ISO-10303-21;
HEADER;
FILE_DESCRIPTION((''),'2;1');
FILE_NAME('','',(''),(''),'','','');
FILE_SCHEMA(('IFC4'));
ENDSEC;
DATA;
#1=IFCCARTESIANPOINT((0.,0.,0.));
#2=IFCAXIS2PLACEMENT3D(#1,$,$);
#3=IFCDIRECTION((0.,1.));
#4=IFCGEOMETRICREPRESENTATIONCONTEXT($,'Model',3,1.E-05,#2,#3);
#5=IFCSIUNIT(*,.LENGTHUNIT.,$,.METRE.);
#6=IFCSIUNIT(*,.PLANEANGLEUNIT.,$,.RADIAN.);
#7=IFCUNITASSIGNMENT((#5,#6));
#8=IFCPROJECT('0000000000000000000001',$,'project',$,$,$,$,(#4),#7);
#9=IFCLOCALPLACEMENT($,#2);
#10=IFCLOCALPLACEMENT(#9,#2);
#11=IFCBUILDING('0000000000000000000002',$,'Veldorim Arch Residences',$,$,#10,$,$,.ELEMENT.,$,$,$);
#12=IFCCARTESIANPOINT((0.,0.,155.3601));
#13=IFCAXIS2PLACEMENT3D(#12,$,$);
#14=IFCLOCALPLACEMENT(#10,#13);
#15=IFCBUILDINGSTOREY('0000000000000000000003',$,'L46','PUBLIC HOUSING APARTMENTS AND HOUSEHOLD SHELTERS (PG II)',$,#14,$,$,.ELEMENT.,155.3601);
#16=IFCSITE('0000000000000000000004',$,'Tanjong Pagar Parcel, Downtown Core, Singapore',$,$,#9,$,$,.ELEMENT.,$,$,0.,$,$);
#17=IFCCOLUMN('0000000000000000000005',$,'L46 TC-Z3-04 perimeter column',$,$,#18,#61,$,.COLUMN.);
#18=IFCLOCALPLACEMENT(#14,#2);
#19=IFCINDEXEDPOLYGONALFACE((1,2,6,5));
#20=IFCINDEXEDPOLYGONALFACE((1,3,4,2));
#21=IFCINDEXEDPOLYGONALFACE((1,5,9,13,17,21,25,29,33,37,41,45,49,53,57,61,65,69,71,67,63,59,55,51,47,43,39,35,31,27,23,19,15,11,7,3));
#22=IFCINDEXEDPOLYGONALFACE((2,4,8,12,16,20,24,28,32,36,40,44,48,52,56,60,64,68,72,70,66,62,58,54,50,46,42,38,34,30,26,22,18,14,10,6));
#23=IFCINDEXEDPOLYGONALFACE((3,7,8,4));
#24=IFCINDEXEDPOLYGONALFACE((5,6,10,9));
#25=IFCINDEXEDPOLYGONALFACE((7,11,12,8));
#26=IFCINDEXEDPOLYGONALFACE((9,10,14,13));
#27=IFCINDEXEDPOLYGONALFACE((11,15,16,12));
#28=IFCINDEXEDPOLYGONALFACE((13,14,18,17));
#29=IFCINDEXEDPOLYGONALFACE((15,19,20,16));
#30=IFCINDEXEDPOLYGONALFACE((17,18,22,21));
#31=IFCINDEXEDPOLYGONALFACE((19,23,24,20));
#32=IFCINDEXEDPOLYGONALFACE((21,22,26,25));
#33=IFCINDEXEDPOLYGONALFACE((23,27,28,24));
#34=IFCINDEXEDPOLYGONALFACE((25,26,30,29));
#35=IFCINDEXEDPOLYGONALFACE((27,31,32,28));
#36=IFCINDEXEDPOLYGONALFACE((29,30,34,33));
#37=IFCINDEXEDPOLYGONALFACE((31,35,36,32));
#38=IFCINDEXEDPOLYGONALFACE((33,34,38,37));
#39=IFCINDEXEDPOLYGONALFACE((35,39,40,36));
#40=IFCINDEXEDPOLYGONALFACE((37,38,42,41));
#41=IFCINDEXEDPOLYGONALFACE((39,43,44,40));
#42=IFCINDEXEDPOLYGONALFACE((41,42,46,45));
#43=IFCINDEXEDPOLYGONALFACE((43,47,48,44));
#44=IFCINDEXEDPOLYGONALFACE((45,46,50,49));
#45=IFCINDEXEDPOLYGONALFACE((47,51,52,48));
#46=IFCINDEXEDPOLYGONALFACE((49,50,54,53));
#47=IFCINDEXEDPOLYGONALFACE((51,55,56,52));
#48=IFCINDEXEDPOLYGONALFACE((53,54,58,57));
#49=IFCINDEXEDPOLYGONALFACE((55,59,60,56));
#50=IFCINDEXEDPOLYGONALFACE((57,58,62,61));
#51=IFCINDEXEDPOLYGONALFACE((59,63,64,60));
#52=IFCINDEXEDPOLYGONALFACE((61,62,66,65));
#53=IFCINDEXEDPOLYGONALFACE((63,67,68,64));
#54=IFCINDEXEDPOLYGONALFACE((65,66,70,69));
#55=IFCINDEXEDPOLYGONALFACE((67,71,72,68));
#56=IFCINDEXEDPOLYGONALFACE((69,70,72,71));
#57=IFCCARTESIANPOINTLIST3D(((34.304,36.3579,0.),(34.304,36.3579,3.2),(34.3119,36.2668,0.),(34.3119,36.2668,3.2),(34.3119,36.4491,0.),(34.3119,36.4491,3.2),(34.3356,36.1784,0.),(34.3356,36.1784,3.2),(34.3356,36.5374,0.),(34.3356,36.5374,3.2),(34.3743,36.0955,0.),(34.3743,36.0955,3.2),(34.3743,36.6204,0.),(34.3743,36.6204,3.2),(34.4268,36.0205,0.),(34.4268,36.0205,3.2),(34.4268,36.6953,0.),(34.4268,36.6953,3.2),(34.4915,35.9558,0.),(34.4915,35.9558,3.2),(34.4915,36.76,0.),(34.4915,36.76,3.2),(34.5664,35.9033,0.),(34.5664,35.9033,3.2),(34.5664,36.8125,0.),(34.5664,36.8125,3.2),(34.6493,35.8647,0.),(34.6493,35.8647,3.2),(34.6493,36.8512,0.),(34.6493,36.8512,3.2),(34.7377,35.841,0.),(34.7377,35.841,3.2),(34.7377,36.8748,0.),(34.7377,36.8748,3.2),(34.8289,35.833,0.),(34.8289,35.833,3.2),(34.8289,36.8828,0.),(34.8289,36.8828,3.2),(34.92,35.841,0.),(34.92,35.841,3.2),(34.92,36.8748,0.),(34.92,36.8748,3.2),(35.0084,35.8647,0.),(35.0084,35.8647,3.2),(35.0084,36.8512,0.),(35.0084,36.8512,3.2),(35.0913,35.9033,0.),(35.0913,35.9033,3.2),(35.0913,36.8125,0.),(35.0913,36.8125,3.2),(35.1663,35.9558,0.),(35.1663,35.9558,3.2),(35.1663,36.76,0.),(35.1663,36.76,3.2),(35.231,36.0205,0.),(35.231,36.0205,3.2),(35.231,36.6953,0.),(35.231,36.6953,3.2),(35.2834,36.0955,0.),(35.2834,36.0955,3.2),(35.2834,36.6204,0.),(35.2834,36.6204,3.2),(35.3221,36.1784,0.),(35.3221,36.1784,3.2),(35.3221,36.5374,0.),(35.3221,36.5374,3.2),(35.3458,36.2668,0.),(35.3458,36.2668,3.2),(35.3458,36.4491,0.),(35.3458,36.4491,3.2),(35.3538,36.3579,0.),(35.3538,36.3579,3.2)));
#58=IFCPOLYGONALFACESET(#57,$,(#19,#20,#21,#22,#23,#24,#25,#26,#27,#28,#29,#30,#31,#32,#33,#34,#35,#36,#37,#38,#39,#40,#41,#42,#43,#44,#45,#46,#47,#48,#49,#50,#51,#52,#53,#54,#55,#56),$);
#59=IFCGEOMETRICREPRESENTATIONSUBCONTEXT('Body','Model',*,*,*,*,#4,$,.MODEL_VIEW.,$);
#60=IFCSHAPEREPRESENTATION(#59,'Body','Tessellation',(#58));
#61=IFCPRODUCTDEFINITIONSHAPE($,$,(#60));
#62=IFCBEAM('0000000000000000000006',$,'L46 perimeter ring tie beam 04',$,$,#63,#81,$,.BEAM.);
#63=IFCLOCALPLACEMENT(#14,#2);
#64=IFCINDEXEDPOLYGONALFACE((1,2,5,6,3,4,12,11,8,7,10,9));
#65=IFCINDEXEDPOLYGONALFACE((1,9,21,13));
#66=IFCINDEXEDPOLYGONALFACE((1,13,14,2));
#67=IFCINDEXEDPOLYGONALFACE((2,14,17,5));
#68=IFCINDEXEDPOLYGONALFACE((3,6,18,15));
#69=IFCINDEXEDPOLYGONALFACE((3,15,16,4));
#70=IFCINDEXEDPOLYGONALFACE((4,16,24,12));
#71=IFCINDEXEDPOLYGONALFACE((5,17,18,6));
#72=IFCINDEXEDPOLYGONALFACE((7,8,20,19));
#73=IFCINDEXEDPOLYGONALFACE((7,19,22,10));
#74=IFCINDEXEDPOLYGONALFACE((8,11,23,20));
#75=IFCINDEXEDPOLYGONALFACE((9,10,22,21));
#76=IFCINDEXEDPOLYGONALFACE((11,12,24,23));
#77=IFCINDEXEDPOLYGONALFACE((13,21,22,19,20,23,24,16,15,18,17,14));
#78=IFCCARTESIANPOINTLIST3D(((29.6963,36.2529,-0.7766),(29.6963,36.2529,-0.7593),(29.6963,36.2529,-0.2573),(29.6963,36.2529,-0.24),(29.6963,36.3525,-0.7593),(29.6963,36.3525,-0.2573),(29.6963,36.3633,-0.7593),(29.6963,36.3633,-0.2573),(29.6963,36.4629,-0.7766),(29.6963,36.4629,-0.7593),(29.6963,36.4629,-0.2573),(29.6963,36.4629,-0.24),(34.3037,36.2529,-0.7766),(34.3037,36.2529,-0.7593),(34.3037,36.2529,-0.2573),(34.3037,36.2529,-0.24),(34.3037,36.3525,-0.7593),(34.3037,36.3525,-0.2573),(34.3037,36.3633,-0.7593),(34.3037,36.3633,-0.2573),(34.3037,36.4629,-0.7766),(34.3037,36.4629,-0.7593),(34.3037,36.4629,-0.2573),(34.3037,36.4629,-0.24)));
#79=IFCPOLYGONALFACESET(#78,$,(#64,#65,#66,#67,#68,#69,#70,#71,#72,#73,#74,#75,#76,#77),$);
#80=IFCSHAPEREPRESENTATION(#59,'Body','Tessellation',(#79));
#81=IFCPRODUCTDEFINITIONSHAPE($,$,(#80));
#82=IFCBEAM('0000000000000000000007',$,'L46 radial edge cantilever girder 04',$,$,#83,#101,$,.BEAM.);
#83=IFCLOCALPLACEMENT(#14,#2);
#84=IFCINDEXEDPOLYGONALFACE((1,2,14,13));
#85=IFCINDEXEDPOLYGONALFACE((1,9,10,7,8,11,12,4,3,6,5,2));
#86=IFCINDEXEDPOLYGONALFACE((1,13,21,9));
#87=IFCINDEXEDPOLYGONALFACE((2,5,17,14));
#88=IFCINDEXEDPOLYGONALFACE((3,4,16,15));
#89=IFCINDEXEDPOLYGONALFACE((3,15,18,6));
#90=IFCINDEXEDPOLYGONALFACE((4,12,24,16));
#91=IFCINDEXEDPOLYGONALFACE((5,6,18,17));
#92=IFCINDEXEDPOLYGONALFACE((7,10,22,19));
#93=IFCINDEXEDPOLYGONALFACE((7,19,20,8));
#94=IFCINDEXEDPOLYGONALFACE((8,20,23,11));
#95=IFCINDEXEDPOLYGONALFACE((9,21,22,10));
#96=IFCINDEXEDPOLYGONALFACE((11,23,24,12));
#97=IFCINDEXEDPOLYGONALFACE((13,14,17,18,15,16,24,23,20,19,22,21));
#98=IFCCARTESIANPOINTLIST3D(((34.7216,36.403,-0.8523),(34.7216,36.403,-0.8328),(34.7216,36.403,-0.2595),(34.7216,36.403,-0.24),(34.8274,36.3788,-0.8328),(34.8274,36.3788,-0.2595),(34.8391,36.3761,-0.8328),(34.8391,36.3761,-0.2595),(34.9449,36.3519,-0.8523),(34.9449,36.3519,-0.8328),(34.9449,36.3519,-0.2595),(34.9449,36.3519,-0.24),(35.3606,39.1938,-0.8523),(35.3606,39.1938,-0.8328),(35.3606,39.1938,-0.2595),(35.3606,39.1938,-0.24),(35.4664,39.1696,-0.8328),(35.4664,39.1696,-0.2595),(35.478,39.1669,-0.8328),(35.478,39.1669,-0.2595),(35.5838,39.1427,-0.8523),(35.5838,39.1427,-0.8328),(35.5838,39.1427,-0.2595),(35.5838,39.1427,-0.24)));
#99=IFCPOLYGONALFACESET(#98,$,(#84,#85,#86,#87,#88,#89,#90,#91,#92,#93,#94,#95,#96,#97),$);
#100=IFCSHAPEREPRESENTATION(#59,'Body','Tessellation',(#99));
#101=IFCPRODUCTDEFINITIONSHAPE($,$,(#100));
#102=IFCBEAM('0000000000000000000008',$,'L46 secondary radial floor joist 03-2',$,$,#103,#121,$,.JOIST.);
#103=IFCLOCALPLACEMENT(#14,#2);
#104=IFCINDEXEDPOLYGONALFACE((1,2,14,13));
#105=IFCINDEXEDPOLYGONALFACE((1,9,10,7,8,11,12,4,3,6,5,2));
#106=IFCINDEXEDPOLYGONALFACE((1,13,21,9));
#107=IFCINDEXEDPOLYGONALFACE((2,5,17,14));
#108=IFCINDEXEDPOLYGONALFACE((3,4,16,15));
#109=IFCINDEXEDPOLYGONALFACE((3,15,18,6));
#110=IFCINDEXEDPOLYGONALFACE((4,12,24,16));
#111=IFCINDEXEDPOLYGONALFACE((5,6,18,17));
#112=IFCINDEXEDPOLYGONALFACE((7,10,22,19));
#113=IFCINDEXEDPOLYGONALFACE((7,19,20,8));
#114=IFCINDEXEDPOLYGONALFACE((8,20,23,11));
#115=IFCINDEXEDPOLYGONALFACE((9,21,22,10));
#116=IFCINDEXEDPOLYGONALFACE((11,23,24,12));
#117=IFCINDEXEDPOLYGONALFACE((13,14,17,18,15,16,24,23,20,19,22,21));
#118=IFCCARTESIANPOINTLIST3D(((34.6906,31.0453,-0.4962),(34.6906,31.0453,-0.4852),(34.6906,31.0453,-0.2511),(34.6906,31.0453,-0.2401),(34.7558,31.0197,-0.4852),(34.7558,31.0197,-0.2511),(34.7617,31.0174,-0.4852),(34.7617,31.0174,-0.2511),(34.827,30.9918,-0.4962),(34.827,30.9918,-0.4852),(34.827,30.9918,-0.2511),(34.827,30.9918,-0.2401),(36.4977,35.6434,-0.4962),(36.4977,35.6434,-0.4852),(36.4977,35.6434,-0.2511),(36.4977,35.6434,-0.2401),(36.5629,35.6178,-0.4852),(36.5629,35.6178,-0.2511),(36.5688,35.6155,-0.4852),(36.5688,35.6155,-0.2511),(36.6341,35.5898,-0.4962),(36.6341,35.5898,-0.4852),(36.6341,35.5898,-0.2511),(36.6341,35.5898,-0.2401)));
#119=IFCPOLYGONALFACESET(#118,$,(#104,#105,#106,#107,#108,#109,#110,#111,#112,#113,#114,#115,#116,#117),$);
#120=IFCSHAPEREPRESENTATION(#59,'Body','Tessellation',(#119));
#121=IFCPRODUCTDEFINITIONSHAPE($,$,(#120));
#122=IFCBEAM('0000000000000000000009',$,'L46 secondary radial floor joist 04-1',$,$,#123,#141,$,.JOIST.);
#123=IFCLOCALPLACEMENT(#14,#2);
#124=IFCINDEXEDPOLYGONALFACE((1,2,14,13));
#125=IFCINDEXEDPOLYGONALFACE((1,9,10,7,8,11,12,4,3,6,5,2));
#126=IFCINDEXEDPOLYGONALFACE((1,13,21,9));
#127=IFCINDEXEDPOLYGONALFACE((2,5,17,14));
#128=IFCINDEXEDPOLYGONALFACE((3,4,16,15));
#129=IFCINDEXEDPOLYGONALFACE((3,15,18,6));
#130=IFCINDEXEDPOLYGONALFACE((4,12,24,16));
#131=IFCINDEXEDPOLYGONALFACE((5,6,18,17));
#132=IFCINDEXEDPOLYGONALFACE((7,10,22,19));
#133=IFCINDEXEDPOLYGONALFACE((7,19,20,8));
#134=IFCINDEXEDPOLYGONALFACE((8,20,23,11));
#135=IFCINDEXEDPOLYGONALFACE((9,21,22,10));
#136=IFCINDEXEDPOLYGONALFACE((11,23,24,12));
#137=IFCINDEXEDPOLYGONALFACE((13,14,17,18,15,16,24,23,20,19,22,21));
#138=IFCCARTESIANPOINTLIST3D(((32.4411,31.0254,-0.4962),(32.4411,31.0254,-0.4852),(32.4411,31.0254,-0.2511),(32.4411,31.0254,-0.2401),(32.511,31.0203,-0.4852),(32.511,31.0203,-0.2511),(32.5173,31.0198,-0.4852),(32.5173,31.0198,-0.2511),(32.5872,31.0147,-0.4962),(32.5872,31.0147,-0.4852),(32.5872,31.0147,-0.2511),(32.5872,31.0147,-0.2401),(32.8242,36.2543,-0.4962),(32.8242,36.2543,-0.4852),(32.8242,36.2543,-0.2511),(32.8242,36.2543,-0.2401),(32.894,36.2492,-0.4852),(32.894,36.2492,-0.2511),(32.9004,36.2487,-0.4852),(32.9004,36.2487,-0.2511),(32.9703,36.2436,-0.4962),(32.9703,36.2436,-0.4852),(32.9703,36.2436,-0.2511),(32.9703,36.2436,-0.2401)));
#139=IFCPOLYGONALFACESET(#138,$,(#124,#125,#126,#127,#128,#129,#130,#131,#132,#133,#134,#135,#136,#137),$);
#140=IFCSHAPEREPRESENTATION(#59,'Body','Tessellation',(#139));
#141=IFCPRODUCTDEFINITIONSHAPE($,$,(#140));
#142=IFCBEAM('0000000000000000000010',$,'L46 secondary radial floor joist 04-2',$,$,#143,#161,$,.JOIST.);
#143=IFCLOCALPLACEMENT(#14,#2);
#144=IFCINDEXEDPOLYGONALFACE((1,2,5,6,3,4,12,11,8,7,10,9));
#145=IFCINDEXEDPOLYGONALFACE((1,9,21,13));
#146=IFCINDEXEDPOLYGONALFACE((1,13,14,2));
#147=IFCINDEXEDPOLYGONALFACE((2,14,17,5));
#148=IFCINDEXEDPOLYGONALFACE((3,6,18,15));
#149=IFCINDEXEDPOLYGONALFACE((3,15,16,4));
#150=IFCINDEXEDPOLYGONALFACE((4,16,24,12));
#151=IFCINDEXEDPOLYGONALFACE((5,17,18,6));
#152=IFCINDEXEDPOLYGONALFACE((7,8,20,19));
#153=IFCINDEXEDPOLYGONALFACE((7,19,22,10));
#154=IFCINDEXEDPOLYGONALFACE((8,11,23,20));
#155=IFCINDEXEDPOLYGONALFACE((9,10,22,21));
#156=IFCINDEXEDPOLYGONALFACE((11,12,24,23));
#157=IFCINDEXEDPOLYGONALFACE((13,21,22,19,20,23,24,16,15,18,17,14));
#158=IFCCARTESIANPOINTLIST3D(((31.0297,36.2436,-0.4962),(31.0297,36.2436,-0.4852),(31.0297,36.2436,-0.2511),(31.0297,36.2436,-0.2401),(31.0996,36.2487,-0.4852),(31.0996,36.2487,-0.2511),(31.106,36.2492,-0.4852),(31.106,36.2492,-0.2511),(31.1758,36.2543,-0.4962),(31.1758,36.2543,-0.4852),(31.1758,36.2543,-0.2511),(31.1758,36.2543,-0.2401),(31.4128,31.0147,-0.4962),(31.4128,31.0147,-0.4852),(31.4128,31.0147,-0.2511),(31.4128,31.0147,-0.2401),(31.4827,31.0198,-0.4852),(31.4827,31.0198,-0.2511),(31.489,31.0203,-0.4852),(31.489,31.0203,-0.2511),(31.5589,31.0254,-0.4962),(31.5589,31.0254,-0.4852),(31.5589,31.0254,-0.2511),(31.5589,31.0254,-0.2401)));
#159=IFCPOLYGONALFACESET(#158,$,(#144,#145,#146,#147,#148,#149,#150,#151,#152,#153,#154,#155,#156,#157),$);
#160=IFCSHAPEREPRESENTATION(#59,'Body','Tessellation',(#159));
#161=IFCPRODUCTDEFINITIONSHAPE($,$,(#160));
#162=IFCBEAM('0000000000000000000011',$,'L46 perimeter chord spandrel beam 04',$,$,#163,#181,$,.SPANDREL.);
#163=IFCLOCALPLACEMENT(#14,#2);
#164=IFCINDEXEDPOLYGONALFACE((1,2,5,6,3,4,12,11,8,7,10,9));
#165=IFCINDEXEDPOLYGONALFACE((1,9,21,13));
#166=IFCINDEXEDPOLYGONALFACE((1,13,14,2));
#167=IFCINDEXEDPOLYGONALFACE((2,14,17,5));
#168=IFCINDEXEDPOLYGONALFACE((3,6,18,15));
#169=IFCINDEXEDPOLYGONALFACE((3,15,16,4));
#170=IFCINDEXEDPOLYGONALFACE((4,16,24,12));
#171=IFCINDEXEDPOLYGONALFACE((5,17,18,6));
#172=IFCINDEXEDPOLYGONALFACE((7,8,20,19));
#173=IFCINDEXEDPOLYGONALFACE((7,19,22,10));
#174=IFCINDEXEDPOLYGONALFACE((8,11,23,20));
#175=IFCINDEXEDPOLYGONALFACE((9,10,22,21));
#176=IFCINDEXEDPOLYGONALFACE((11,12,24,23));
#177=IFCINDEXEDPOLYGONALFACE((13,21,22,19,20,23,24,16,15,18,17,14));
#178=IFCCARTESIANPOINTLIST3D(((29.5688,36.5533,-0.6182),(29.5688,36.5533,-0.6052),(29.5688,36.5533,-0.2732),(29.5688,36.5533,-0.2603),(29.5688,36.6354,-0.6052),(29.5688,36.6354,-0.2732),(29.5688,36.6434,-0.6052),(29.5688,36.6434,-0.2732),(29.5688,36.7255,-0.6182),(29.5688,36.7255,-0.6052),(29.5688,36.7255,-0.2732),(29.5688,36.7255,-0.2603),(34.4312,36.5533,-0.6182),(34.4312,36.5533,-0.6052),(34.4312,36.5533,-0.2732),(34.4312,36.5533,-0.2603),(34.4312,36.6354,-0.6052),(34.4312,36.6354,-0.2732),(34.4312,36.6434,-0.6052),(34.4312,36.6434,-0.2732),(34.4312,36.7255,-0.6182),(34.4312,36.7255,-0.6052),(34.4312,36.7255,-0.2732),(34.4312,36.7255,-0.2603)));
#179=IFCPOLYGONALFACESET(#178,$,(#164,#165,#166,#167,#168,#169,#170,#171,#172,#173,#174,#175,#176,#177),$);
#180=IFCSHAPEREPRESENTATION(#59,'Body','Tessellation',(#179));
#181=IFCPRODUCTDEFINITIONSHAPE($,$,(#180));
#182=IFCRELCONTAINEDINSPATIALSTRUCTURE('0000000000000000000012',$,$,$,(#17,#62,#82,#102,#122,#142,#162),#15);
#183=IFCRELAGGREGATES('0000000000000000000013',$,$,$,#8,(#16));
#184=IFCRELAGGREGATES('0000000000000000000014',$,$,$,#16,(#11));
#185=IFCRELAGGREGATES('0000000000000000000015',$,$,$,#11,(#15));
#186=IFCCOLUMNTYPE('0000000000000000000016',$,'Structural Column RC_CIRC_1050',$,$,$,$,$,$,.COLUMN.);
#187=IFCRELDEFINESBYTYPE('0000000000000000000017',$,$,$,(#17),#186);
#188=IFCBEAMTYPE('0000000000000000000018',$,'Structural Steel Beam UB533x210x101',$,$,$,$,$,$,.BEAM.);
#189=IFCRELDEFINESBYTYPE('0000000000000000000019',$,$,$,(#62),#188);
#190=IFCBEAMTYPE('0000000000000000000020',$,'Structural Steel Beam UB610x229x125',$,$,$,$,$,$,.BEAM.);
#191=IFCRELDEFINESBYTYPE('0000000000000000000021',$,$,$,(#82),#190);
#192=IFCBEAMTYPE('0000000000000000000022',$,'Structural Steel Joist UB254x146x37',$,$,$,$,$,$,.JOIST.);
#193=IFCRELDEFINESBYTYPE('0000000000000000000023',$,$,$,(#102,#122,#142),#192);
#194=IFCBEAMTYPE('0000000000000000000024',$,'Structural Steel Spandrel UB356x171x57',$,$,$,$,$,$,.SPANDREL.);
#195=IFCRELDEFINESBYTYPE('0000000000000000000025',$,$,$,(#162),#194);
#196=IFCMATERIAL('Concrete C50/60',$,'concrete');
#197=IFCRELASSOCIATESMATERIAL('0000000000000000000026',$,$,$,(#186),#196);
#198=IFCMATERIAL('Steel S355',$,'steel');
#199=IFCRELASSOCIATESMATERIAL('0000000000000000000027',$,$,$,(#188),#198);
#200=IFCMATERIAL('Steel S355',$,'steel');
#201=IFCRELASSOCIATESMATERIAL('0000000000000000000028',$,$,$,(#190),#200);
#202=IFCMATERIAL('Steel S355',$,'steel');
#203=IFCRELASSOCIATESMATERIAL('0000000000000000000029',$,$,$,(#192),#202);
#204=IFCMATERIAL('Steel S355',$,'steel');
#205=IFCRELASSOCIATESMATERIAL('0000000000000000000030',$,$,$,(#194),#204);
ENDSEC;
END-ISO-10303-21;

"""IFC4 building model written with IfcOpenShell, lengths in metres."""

from ifc_helpers import new_model, si_unit, direction, frame, origin, origin_2d, place, context, subcontext, project, spatial, circle, i_section, extrude, material, material_profile, profile_set, type_object, element, save


model = new_model("IFC4")

# Units and contexts
model_context = context("Model", 3, precision=1e-05, world=origin(), true_north=direction((0.0, 1.0)))
body_context = subcontext(model_context, "Body", "Model", "MODEL_VIEW")
ifc_project = project(units=[si_unit("LENGTHUNIT", "METRE"), si_unit("PLANEANGLEUNIT", "RADIAN")], contexts=[model_context])

# Site, building, storey
site_placement = place(None, origin())
site = spatial("IfcSite", under=ifc_project, at=site_placement, Name="Tanjong Pagar Parcel, Downtown Core, Singapore", CompositionType="ELEMENT", RefElevation=0.0)
building_placement = place(site_placement, origin())
building = spatial("IfcBuilding", under=site, at=building_placement, Name="Veldorim Arch Residences", CompositionType="ELEMENT")
storey_placement = place(building_placement, frame((0.0, 0.0, 155.3601)))
storey = spatial("IfcBuildingStorey", under=building, at=storey_placement, Name="L46", Description="PUBLIC HOUSING APARTMENTS AND HOUSEHOLD SHELTERS (PG II)", CompositionType="ELEMENT", Elevation=155.3601)

# Column
ifc_material_1 = material(Name="Concrete C50/60", Category="concrete")
ifc_material_profile_1 = material_profile(ifc_material_1, circle(Radius=0.5249, at=origin_2d()), Name="RC_CIRC_1050")
ifc_profile_set_1 = profile_set([ifc_material_profile_1], Name="Concrete C50/60")
column_type = type_object("IfcColumnType", Name="Structural Column RC_CIRC_1050", PredefinedType="COLUMN", material=ifc_profile_set_1)
column_placement = place(storey_placement, frame((34.8289, 36.3579, 0.0), z_axis=(0.0, 0.0, 1.0), x_axis=(1.0, 0.0, 0.0)))
element("IfcColumn", 1, at=column_placement, inside=storey, type_object=column_type, Name="L46 TC-Z3-04 perimeter column", PredefinedType="COLUMN", context=body_context, shape_type="SweptSolid", body=[
    extrude(circle(Radius=0.5249, at=origin_2d()), origin(), (0.0, 0.0, 1.0), 3.2),
])

# Beams
ifc_material_2 = material(Name="Steel S355", Category="steel")
ifc_material_profile_2 = material_profile(ifc_material_2, i_section(OverallWidth=0.21, OverallDepth=0.5366, WebThickness=0.0107, FlangeThickness=0.0173, at=origin_2d()), Name="UB533x210x101")
ifc_profile_set_2 = profile_set([ifc_material_profile_2], Name="Steel S355")
beam_type_1 = type_object("IfcBeamType", Name="Structural Steel Beam UB533x210x101", PredefinedType="BEAM", material=ifc_profile_set_2)
beam_1_placement = place(storey_placement, frame((34.3037, 36.3579, -0.5083), z_axis=(-1.0, 0.0, 0.0), x_axis=(0.0, -1.0, 0.0)))
element("IfcBeam", 2, at=beam_1_placement, inside=storey, type_object=beam_type_1, Name="L46 perimeter ring tie beam 04", PredefinedType="BEAM", context=body_context, shape_type="SweptSolid", body=[
    extrude(i_section(OverallWidth=0.21, OverallDepth=0.5366, WebThickness=0.0107, FlangeThickness=0.0173, at=origin_2d()), origin(), (0.0, 0.0, 1.0), 4.6074),
])
ifc_material_3 = material(Name="Steel S355", Category="steel")
ifc_material_profile_3 = material_profile(ifc_material_3, i_section(OverallWidth=0.229, OverallDepth=0.6123, WebThickness=0.012, FlangeThickness=0.0195, at=origin_2d()), Name="UB610x229x125")
ifc_profile_set_3 = profile_set([ifc_material_profile_3], Name="Steel S355")
beam_type_2 = type_object("IfcBeamType", Name="Structural Steel Beam UB610x229x125", PredefinedType="BEAM", material=ifc_profile_set_3)
beam_2_placement = place(storey_placement, frame((34.8333, 36.3774, -0.5461), z_axis=(0.223165, 0.974781, 0.0), x_axis=(-0.974781, 0.223165, 0.0)))
element("IfcBeam", 3, at=beam_2_placement, inside=storey, type_object=beam_type_2, Name="L46 radial edge cantilever girder 04", PredefinedType="BEAM", context=body_context, shape_type="SweptSolid", body=[
    extrude(i_section(OverallWidth=0.229, OverallDepth=0.6123, WebThickness=0.012, FlangeThickness=0.0195, at=origin_2d()), origin(), (0.0, 0.0, 1.0), 2.863),
])
ifc_material_4 = material(Name="Steel S355", Category="steel")
ifc_material_profile_4 = material_profile(ifc_material_4, i_section(OverallWidth=0.1465, OverallDepth=0.2561, WebThickness=0.0063, FlangeThickness=0.011, at=origin_2d()), Name="UB254x146x37")
ifc_profile_set_4 = profile_set([ifc_material_profile_4], Name="Steel S355")
beam_type_3 = type_object("IfcBeamType", Name="Structural Steel Joist UB254x146x37", PredefinedType="JOIST", material=ifc_profile_set_4)
beam_3_placement = place(storey_placement, frame((34.7588, 31.0186, -0.3682), z_axis=(0.365778, 0.930702, 0.0), x_axis=(-0.930702, 0.365778, 0.0)))
element("IfcBeam", 4, at=beam_3_placement, inside=storey, type_object=beam_type_3, Name="L46 secondary radial floor joist 03-2", PredefinedType="JOIST", context=body_context, shape_type="SweptSolid", body=[
    extrude(i_section(OverallWidth=0.1465, OverallDepth=0.2561, WebThickness=0.0063, FlangeThickness=0.011, at=origin_2d()), origin(), (0.0, 0.0, 1.0), 4.9404),
])
for number, where, z_axis, x_axis, name in (
    (5, (32.5142, 31.02, -0.3682), (0.07306, 0.997328, 0.0), (-0.997328, 0.07306, 0.0), "L46 secondary radial floor joist 04-1"),
    (6, (31.4858, 31.02, -0.3682), (-0.07306, 0.997328, 0.0), (-0.997328, -0.07306, 0.0), "L46 secondary radial floor joist 04-2"),
):
    element("IfcBeam", number, at=place(storey_placement, frame(where, z_axis=z_axis, x_axis=x_axis)), inside=storey, type_object=beam_type_3, Name=name, PredefinedType="JOIST", context=body_context, shape_type="SweptSolid", body=[
        extrude(i_section(OverallWidth=0.1465, OverallDepth=0.2561, WebThickness=0.0063, FlangeThickness=0.011, at=origin_2d()), origin(), (0.0, 0.0, 1.0), 5.2429),
    ])
ifc_material_5 = material(Name="Steel S355", Category="steel")
ifc_material_profile_5 = material_profile(ifc_material_5, i_section(OverallWidth=0.1721, OverallDepth=0.3579, WebThickness=0.0081, FlangeThickness=0.0129, at=origin_2d()), Name="UB356x171x57")
ifc_profile_set_5 = profile_set([ifc_material_profile_5], Name="Steel S355")
beam_type_4 = type_object("IfcBeamType", Name="Structural Steel Spandrel UB356x171x57", PredefinedType="SPANDREL", material=ifc_profile_set_5)
beam_4_placement = place(storey_placement, frame((34.4312, 36.6394, -0.4392), z_axis=(-1.0, 0.0, 0.0), x_axis=(0.0, -1.0, 0.0)))
element("IfcBeam", 7, at=beam_4_placement, inside=storey, type_object=beam_type_4, Name="L46 perimeter chord spandrel beam 04", PredefinedType="SPANDREL", context=body_context, shape_type="SweptSolid", body=[
    extrude(i_section(OverallWidth=0.1721, OverallDepth=0.3579, WebThickness=0.0081, FlangeThickness=0.0129, at=origin_2d()), origin(), (0.0, 0.0, 1.0), 4.8623),
])

save(model, "model.ifc")
